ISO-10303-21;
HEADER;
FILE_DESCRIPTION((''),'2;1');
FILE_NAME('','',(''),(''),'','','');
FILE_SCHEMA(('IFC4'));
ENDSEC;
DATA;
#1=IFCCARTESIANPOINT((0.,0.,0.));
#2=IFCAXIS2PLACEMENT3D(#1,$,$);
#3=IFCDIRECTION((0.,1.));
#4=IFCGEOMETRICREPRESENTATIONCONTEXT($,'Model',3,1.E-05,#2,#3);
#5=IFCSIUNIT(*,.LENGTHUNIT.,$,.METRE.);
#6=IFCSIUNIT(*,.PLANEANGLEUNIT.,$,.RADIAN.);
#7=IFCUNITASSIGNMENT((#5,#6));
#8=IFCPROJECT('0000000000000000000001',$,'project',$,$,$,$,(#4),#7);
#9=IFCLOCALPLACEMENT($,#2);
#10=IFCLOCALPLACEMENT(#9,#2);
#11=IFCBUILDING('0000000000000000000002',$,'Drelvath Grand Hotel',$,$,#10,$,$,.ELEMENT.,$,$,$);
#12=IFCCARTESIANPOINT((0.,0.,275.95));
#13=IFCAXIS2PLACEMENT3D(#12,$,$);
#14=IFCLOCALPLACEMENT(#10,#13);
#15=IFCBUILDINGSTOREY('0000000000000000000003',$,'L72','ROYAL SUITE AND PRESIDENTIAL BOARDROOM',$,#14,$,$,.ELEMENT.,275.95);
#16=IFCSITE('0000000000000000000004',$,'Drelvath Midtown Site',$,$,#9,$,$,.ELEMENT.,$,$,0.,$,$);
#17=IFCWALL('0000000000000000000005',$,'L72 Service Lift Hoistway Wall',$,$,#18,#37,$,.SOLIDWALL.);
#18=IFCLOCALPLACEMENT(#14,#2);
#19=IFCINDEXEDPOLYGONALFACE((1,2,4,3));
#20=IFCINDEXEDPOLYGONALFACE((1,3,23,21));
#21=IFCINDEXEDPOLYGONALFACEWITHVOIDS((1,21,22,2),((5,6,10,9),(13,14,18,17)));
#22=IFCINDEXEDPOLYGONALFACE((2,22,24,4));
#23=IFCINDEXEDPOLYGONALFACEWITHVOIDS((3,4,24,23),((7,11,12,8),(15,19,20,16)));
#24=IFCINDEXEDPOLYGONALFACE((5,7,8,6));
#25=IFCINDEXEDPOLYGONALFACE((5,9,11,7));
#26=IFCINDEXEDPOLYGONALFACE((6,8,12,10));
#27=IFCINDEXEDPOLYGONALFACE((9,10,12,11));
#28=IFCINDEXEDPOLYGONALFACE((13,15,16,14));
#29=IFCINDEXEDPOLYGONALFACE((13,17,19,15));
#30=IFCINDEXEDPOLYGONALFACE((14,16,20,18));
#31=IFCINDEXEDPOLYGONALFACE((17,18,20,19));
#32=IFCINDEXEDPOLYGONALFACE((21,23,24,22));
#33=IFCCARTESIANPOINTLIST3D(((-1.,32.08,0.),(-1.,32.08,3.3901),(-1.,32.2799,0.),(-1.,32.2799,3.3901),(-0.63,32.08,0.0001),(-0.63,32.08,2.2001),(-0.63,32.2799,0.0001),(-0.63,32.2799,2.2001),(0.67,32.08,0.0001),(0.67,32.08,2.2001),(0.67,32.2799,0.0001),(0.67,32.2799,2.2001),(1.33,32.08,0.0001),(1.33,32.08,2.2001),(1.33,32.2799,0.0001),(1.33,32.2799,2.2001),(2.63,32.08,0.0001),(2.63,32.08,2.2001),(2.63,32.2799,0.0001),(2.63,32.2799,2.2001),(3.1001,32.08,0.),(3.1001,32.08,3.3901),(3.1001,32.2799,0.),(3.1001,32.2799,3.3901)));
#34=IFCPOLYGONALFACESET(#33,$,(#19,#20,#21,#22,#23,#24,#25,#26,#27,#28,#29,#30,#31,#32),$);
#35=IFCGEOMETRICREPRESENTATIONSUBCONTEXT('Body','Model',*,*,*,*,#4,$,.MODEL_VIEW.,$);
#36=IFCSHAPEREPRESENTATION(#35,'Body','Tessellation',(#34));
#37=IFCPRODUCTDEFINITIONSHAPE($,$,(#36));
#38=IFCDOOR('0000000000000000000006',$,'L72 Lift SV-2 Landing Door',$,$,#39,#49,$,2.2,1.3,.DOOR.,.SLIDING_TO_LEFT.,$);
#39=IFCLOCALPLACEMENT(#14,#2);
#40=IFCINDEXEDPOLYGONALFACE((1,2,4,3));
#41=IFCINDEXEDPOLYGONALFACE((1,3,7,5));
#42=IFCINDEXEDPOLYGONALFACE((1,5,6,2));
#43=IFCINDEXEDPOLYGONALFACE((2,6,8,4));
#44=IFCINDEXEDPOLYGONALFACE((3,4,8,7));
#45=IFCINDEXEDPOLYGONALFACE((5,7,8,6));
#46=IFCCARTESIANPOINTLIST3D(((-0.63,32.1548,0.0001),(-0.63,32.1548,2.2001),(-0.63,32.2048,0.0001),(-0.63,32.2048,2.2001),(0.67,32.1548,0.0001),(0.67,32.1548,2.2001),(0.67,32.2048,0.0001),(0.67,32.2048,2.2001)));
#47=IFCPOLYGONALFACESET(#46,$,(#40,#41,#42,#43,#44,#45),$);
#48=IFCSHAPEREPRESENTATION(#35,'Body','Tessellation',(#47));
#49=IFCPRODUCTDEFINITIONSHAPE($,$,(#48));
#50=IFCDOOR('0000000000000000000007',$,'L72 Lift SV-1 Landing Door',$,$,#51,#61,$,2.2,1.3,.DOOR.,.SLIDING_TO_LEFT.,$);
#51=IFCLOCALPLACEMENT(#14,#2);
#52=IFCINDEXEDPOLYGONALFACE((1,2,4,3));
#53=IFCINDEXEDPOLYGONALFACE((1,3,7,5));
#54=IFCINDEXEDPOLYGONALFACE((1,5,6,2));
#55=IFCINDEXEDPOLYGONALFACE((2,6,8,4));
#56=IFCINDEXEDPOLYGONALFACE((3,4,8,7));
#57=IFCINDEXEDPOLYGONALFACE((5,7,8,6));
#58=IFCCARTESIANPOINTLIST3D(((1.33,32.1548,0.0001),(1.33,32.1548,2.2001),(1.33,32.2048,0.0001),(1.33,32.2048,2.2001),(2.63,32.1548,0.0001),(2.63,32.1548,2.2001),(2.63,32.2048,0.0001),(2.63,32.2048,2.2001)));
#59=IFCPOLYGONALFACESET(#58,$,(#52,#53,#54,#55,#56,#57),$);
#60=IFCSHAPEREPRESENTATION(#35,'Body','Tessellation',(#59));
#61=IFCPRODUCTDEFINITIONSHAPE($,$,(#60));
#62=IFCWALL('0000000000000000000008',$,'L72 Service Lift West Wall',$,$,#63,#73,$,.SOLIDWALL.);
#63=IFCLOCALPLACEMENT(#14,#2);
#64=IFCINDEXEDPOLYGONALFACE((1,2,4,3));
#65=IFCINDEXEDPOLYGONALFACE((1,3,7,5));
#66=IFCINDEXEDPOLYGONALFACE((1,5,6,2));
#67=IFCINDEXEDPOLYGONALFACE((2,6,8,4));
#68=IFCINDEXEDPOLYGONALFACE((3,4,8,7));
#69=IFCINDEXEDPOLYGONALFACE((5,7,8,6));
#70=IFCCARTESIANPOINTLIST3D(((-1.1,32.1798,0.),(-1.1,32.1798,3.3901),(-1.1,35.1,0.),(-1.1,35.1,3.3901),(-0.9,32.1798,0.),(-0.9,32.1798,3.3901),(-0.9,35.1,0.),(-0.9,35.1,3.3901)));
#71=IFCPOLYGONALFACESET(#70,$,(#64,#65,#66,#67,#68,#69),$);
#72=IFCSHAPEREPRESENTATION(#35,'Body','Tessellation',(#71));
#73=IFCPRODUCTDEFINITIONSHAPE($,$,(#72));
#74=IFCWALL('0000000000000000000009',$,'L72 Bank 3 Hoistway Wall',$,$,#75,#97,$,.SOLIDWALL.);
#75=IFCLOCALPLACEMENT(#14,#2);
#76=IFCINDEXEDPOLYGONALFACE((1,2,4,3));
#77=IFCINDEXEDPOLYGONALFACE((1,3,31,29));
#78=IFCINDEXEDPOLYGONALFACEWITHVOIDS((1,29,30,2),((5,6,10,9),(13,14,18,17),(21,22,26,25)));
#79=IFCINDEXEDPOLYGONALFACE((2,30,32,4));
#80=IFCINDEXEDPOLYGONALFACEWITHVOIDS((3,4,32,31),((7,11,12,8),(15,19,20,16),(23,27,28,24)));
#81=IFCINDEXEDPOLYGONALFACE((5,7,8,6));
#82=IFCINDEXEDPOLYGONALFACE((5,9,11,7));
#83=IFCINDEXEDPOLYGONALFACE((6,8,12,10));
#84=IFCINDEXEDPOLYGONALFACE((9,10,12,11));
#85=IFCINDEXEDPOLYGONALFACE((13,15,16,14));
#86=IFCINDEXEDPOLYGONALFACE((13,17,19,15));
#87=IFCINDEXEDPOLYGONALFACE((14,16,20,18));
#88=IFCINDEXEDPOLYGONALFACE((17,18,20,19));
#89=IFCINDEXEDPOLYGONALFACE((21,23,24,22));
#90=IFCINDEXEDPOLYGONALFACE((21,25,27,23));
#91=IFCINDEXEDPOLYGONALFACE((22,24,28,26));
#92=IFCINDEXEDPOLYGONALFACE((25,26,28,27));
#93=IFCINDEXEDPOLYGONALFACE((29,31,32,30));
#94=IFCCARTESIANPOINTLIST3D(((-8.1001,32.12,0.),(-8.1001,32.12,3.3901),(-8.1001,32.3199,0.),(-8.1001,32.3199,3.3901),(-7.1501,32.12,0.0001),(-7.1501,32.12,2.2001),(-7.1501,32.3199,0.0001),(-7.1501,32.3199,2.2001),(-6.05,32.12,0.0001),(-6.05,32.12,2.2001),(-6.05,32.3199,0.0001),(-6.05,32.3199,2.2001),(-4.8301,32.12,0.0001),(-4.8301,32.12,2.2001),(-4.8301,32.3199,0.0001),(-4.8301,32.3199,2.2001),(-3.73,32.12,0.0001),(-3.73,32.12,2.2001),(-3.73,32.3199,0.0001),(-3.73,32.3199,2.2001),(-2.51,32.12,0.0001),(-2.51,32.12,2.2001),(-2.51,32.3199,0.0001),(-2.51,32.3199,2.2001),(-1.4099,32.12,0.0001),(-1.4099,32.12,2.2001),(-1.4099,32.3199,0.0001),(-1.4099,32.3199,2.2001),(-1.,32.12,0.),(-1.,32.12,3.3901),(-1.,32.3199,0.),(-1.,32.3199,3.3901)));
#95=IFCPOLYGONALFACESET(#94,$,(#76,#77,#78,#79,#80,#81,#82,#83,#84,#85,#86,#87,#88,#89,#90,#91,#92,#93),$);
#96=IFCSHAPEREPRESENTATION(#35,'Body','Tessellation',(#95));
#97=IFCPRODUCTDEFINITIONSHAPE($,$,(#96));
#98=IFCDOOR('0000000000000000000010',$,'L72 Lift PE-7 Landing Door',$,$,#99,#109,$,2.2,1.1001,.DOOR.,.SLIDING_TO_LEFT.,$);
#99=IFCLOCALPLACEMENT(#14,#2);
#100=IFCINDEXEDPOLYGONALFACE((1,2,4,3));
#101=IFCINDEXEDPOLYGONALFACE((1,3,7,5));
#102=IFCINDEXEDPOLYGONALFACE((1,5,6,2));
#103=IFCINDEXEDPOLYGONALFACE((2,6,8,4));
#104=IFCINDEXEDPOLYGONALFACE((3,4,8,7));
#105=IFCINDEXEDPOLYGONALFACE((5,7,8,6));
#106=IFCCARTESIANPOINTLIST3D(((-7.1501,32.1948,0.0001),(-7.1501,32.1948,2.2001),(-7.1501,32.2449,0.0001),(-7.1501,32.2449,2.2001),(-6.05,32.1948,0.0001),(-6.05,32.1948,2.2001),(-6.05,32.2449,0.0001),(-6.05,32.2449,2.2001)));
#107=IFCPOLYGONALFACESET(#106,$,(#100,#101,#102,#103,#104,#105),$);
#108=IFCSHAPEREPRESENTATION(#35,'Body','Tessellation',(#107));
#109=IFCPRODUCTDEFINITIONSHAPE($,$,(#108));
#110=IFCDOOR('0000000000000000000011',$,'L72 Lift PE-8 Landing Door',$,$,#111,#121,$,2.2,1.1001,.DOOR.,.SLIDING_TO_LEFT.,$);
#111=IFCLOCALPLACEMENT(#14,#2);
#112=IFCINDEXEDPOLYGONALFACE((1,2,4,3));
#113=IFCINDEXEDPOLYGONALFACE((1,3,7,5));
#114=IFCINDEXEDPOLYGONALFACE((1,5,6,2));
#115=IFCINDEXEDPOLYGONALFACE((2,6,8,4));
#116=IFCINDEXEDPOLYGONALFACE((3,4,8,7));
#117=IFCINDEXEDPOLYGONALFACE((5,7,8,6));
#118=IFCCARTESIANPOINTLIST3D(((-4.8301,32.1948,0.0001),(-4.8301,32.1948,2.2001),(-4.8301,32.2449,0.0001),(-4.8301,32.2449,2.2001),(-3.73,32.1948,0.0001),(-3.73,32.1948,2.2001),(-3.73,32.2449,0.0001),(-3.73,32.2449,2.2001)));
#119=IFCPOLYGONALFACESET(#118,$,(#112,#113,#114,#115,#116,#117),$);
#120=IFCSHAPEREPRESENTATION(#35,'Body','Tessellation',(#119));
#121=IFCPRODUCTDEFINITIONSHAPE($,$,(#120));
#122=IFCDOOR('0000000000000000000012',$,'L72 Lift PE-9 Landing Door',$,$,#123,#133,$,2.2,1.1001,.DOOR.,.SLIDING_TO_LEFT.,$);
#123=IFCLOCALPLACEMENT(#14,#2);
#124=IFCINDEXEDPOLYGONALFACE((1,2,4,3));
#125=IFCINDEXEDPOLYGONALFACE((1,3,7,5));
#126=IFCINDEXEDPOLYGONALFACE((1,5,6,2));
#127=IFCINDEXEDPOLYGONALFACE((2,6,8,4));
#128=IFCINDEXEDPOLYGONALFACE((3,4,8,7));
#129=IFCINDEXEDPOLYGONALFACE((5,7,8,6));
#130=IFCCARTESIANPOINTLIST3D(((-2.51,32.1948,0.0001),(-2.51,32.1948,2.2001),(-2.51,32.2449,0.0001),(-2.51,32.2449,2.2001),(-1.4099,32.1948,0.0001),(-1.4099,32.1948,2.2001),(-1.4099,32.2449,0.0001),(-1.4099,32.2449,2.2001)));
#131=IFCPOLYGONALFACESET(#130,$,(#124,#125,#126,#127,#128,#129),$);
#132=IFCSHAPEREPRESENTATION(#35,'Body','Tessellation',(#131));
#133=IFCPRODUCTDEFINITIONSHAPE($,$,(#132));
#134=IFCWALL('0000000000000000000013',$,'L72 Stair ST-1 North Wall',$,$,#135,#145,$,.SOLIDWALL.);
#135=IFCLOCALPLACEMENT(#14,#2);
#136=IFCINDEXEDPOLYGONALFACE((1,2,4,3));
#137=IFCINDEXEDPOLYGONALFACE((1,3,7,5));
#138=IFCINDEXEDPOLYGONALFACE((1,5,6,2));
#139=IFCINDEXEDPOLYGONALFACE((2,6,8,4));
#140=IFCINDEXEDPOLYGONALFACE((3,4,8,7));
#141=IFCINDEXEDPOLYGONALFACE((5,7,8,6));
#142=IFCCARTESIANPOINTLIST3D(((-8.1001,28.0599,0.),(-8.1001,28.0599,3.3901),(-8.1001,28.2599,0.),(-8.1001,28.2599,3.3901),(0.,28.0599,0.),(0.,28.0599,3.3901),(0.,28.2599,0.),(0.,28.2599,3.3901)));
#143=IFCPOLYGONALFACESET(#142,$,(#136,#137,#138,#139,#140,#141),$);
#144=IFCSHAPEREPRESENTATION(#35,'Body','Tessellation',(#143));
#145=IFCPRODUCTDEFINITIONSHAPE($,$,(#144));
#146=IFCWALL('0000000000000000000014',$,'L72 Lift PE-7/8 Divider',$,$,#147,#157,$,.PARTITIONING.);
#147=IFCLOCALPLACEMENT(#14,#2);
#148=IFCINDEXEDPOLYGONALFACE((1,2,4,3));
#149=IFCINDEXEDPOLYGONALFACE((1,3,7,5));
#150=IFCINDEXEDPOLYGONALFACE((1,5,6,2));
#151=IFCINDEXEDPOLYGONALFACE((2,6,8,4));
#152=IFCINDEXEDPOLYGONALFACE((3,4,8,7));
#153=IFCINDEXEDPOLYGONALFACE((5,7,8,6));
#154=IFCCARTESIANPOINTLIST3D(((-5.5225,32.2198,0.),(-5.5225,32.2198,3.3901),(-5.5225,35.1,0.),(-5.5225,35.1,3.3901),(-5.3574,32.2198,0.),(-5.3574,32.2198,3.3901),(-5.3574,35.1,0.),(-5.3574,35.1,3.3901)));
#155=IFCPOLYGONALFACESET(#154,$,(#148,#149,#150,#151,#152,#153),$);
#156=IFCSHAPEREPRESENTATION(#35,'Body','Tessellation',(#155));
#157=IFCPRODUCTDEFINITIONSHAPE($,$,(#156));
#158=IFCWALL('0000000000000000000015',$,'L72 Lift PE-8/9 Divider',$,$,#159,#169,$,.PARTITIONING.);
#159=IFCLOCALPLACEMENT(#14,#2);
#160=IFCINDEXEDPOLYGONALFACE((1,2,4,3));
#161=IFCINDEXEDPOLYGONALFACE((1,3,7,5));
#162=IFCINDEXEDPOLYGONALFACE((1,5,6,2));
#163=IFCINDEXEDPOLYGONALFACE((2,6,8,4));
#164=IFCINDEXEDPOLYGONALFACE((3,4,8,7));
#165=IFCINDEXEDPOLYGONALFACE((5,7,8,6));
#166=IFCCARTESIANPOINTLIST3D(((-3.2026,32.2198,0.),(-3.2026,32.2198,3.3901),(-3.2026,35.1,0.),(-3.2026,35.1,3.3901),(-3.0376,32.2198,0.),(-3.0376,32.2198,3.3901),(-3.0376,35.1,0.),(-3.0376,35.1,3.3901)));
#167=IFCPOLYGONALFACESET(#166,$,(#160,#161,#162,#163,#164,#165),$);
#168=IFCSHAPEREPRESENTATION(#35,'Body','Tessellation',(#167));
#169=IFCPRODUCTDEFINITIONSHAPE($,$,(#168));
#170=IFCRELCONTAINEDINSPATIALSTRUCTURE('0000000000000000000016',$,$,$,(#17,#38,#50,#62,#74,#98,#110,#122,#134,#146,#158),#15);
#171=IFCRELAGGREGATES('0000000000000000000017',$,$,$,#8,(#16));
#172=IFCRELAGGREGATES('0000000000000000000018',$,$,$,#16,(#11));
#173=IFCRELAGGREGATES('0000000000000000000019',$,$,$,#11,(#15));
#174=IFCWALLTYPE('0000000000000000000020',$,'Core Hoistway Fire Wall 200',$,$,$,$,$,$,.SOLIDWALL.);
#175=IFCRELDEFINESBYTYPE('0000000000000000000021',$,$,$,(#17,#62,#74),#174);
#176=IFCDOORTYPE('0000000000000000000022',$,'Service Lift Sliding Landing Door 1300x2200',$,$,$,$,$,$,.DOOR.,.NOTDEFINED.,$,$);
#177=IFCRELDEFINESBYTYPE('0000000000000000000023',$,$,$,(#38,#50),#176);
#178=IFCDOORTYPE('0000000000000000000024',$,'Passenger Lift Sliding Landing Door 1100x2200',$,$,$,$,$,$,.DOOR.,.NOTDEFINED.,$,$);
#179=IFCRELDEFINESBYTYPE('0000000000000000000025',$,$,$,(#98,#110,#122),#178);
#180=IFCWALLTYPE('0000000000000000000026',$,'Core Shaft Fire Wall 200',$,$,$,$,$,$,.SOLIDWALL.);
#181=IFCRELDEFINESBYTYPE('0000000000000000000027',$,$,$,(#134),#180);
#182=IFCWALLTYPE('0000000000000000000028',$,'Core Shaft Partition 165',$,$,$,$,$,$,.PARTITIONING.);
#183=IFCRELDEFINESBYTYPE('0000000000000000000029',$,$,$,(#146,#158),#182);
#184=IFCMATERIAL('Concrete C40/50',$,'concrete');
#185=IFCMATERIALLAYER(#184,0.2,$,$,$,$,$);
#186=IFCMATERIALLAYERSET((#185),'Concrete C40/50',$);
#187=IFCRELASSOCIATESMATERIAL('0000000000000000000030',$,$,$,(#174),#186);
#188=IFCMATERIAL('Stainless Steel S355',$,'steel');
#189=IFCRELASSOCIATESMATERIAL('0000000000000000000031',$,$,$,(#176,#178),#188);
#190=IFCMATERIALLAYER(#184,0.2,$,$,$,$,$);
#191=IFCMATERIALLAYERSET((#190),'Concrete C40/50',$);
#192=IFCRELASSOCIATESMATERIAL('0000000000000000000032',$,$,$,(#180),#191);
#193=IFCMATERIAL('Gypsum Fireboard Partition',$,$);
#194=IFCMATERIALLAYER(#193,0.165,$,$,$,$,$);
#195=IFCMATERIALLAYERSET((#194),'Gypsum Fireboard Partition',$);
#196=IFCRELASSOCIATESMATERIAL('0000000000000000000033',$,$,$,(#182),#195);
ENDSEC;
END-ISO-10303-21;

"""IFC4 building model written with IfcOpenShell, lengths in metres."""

from ifc_helpers import new_model, si_unit, direction, frame, frame_2d, origin, place, context, subcontext, project, spatial, rectangle, extrude, material, layer, layer_set, type_object, element, fill, save


model = new_model("IFC4")

# Units and contexts
model_context = context("Model", 3, precision=1e-05, world=origin(), true_north=direction((0.0, 1.0)))
body_context = subcontext(model_context, "Body", "Model", "MODEL_VIEW")
ifc_project = project(units=[si_unit("LENGTHUNIT", "METRE"), si_unit("PLANEANGLEUNIT", "RADIAN")], contexts=[model_context])

# Site, building, storey
site_placement = place(None, origin())
site = spatial("IfcSite", under=ifc_project, at=site_placement, Name="Drelvath Midtown Site", CompositionType="ELEMENT", RefElevation=0.0)
building_placement = place(site_placement, origin())
building = spatial("IfcBuilding", under=site, at=building_placement, Name="Drelvath Grand Hotel", CompositionType="ELEMENT")
storey_placement = place(building_placement, frame((0.0, 0.0, 275.95)))
storey = spatial("IfcBuildingStorey", under=building, at=storey_placement, Name="L72", Description="ROYAL SUITE AND PRESIDENTIAL BOARDROOM", CompositionType="ELEMENT", Elevation=275.95)

# Wall, openings, doors
ifc_material_1 = material(Name="Concrete C40/50", Category="concrete")
ifc_layer_1 = layer(ifc_material_1, 0.2)
ifc_layer_set_1 = layer_set([ifc_layer_1], Name="Concrete C40/50")
wall_type_1 = type_object("IfcWallType", Name="Core Hoistway Fire Wall 200", PredefinedType="SOLIDWALL", material=ifc_layer_set_1)
wall_1_placement = place(storey_placement, frame((-1.0, 32.1799, 0.0), z_axis=(0.0, 0.0, 1.0), x_axis=(1.0, 0.0, 0.0)))
wall_1 = element("IfcWall", 1, at=wall_1_placement, inside=storey, type_object=wall_type_1, Name="L72 Service Lift Hoistway Wall", PredefinedType="SOLIDWALL", context=body_context, shape_type="SweptSolid", body=[
    extrude(rectangle(XDim=4.1001, YDim=0.2, at=frame_2d((2.05, 0.0))), origin(), (0.0, 0.0, 1.0), 3.3901),
])
opening_1_placement = place(wall_1_placement, frame((0.3701, 0.0, 0.0)))
opening_1 = element("IfcOpeningElement", 2, at=opening_1_placement, cuts=wall_1, PredefinedType="OPENING", context=body_context, shape_type="SweptSolid", body=[
    extrude(rectangle(XDim=1.3, YDim=2.2, at=frame_2d((0.6499, 1.1001))), frame((0.0, 0.1099, 0.0), z_axis=(0.0, -1.0, 0.0), x_axis=(1.0, 0.0, 0.0)), (0.0, 0.0, 1.0), 0.22),
])
opening_2_placement = place(wall_1_placement, frame((2.3301, 0.0, 0.0)))
opening_2 = element("IfcOpeningElement", 3, at=opening_2_placement, cuts=wall_1, PredefinedType="OPENING", context=body_context, shape_type="SweptSolid", body=[
    extrude(rectangle(XDim=1.3, YDim=2.2, at=frame_2d((0.6499, 1.1001))), frame((0.0, 0.1099, 0.0), z_axis=(0.0, -1.0, 0.0), x_axis=(1.0, 0.0, 0.0)), (0.0, 0.0, 1.0), 0.22),
])
ifc_material_2 = material(Name="Stainless Steel S355", Category="steel")
door_type_1 = type_object("IfcDoorType", Name="Service Lift Sliding Landing Door 1300x2200", OperationType="NOTDEFINED", PredefinedType="DOOR", material=ifc_material_2)
door_1_placement = place(opening_1_placement, origin())
door_1 = element("IfcDoor", 4, at=door_1_placement, inside=storey, type_object=door_type_1, Name="L72 Lift SV-2 Landing Door", OperationType="SLIDING_TO_LEFT", OverallHeight=2.2, OverallWidth=1.3, PredefinedType="DOOR", context=body_context, shape_type="SweptSolid", body=[
    extrude(rectangle(XDim=1.3, YDim=2.2, at=frame_2d((0.6499, 1.1001))), frame((0.0, 0.0249, 0.0), z_axis=(0.0, -1.0, 0.0), x_axis=(1.0, 0.0, 0.0)), (0.0, 0.0, 1.0), 0.05),
])
fill(opening_1, door_1)
door_2_placement = place(opening_2_placement, origin())
door_2 = element("IfcDoor", 5, at=door_2_placement, inside=storey, type_object=door_type_1, Name="L72 Lift SV-1 Landing Door", OperationType="SLIDING_TO_LEFT", OverallHeight=2.2, OverallWidth=1.3, PredefinedType="DOOR", context=body_context, shape_type="SweptSolid", body=[
    extrude(rectangle(XDim=1.3, YDim=2.2, at=frame_2d((0.6499, 1.1001))), frame((0.0, 0.0249, 0.0), z_axis=(0.0, -1.0, 0.0), x_axis=(1.0, 0.0, 0.0)), (0.0, 0.0, 1.0), 0.05),
])
fill(opening_2, door_2)

# Wall
wall_2_placement = place(storey_placement, frame((-1.0, 32.1799, 0.0), z_axis=(0.0, 0.0, 1.0), x_axis=(0.0, 1.0, 0.0)))
element("IfcWall", 6, at=wall_2_placement, inside=storey, type_object=wall_type_1, Name="L72 Service Lift West Wall", PredefinedType="SOLIDWALL", context=body_context, shape_type="SweptSolid", body=[
    extrude(rectangle(XDim=2.9202, YDim=0.2, at=frame_2d((1.46, 0.0))), origin(), (0.0, 0.0, 1.0), 3.3901),
])

# Wall, openings, doors
wall_3_placement = place(storey_placement, frame((-8.1001, 32.22, 0.0), z_axis=(0.0, 0.0, 1.0), x_axis=(1.0, 0.0, 0.0)))
wall_3 = element("IfcWall", 7, at=wall_3_placement, inside=storey, type_object=wall_type_1, Name="L72 Bank 3 Hoistway Wall", PredefinedType="SOLIDWALL", context=body_context, shape_type="SweptSolid", body=[
    extrude(rectangle(XDim=7.1001, YDim=0.2, at=frame_2d((3.55, 0.0))), origin(), (0.0, 0.0, 1.0), 3.3901),
])
opening_3_placement = place(wall_3_placement, frame((0.95, 0.0, 0.0)))
opening_3 = element("IfcOpeningElement", 8, at=opening_3_placement, cuts=wall_3, PredefinedType="OPENING", context=body_context, shape_type="SweptSolid", body=[
    extrude(rectangle(XDim=1.1001, YDim=2.2, at=frame_2d((0.55, 1.1001))), frame((0.0, 0.1099, 0.0), z_axis=(0.0, -1.0, 0.0), x_axis=(1.0, 0.0, 0.0)), (0.0, 0.0, 1.0), 0.22),
])
opening_4_placement = place(wall_3_placement, frame((3.27, 0.0, 0.0)))
opening_4 = element("IfcOpeningElement", 9, at=opening_4_placement, cuts=wall_3, PredefinedType="OPENING", context=body_context, shape_type="SweptSolid", body=[
    extrude(rectangle(XDim=1.1001, YDim=2.2, at=frame_2d((0.55, 1.1001))), frame((0.0, 0.1099, 0.0), z_axis=(0.0, -1.0, 0.0), x_axis=(1.0, 0.0, 0.0)), (0.0, 0.0, 1.0), 0.22),
])
opening_5_placement = place(wall_3_placement, frame((5.5901, 0.0, 0.0)))
opening_5 = element("IfcOpeningElement", 10, at=opening_5_placement, cuts=wall_3, PredefinedType="OPENING", context=body_context, shape_type="SweptSolid", body=[
    extrude(rectangle(XDim=1.1001, YDim=2.2, at=frame_2d((0.55, 1.1001))), frame((0.0, 0.1099, 0.0), z_axis=(0.0, -1.0, 0.0), x_axis=(1.0, 0.0, 0.0)), (0.0, 0.0, 1.0), 0.22),
])
door_type_2 = type_object("IfcDoorType", Name="Passenger Lift Sliding Landing Door 1100x2200", OperationType="NOTDEFINED", PredefinedType="DOOR", material=ifc_material_2)
door_3_placement = place(opening_3_placement, origin())
door_3 = element("IfcDoor", 11, at=door_3_placement, inside=storey, type_object=door_type_2, Name="L72 Lift PE-7 Landing Door", OperationType="SLIDING_TO_LEFT", OverallHeight=2.2, OverallWidth=1.1001, PredefinedType="DOOR", context=body_context, shape_type="SweptSolid", body=[
    extrude(rectangle(XDim=1.1001, YDim=2.2, at=frame_2d((0.55, 1.1001))), frame((0.0, 0.0249, 0.0), z_axis=(0.0, -1.0, 0.0), x_axis=(1.0, 0.0, 0.0)), (0.0, 0.0, 1.0), 0.05),
])
fill(opening_3, door_3)
door_4_placement = place(opening_4_placement, origin())
door_4 = element("IfcDoor", 12, at=door_4_placement, inside=storey, type_object=door_type_2, Name="L72 Lift PE-8 Landing Door", OperationType="SLIDING_TO_LEFT", OverallHeight=2.2, OverallWidth=1.1001, PredefinedType="DOOR", context=body_context, shape_type="SweptSolid", body=[
    extrude(rectangle(XDim=1.1001, YDim=2.2, at=frame_2d((0.55, 1.1001))), frame((0.0, 0.0249, 0.0), z_axis=(0.0, -1.0, 0.0), x_axis=(1.0, 0.0, 0.0)), (0.0, 0.0, 1.0), 0.05),
])
fill(opening_4, door_4)
door_5_placement = place(opening_5_placement, origin())
door_5 = element("IfcDoor", 13, at=door_5_placement, inside=storey, type_object=door_type_2, Name="L72 Lift PE-9 Landing Door", OperationType="SLIDING_TO_LEFT", OverallHeight=2.2, OverallWidth=1.1001, PredefinedType="DOOR", context=body_context, shape_type="SweptSolid", body=[
    extrude(rectangle(XDim=1.1001, YDim=2.2, at=frame_2d((0.55, 1.1001))), frame((0.0, 0.0249, 0.0), z_axis=(0.0, -1.0, 0.0), x_axis=(1.0, 0.0, 0.0)), (0.0, 0.0, 1.0), 0.05),
])
fill(opening_5, door_5)

# Walls
ifc_layer_2 = layer(ifc_material_1, 0.2)
ifc_layer_set_2 = layer_set([ifc_layer_2], Name="Concrete C40/50")
wall_type_2 = type_object("IfcWallType", Name="Core Shaft Fire Wall 200", PredefinedType="SOLIDWALL", material=ifc_layer_set_2)
wall_4_placement = place(storey_placement, frame((-8.1001, 28.1599, 0.0), z_axis=(0.0, 0.0, 1.0), x_axis=(1.0, 0.0, 0.0)))
element("IfcWall", 14, at=wall_4_placement, inside=storey, type_object=wall_type_2, Name="L72 Stair ST-1 North Wall", PredefinedType="SOLIDWALL", context=body_context, shape_type="SweptSolid", body=[
    extrude(rectangle(XDim=8.1001, YDim=0.2, at=frame_2d((4.05, 0.0))), origin(), (0.0, 0.0, 1.0), 3.3901),
])
ifc_material_3 = material(Name="Gypsum Fireboard Partition")
ifc_layer_3 = layer(ifc_material_3, 0.165)
ifc_layer_set_3 = layer_set([ifc_layer_3], Name="Gypsum Fireboard Partition")
wall_type_3 = type_object("IfcWallType", Name="Core Shaft Partition 165", PredefinedType="PARTITIONING", material=ifc_layer_set_3)
for number, where, z_axis, x_axis, name in (
    (15, (-5.4399, 32.22, 0.0), (0.0, 0.0, 1.0), (0.0, 1.0, 0.0), "L72 Lift PE-7/8 Divider"),
    (16, (-3.1201, 32.22, 0.0), (0.0, 0.0, 1.0), (0.0, 1.0, 0.0), "L72 Lift PE-8/9 Divider"),
):
    element("IfcWall", number, at=place(storey_placement, frame(where, z_axis=z_axis, x_axis=x_axis)), inside=storey, type_object=wall_type_3, Name=name, PredefinedType="PARTITIONING", context=body_context, shape_type="SweptSolid", body=[
        extrude(rectangle(XDim=2.8801, YDim=0.165, at=frame_2d((1.4399, 0.0))), origin(), (0.0, 0.0, 1.0), 3.3901),
    ])

save(model, "model.ifc")
